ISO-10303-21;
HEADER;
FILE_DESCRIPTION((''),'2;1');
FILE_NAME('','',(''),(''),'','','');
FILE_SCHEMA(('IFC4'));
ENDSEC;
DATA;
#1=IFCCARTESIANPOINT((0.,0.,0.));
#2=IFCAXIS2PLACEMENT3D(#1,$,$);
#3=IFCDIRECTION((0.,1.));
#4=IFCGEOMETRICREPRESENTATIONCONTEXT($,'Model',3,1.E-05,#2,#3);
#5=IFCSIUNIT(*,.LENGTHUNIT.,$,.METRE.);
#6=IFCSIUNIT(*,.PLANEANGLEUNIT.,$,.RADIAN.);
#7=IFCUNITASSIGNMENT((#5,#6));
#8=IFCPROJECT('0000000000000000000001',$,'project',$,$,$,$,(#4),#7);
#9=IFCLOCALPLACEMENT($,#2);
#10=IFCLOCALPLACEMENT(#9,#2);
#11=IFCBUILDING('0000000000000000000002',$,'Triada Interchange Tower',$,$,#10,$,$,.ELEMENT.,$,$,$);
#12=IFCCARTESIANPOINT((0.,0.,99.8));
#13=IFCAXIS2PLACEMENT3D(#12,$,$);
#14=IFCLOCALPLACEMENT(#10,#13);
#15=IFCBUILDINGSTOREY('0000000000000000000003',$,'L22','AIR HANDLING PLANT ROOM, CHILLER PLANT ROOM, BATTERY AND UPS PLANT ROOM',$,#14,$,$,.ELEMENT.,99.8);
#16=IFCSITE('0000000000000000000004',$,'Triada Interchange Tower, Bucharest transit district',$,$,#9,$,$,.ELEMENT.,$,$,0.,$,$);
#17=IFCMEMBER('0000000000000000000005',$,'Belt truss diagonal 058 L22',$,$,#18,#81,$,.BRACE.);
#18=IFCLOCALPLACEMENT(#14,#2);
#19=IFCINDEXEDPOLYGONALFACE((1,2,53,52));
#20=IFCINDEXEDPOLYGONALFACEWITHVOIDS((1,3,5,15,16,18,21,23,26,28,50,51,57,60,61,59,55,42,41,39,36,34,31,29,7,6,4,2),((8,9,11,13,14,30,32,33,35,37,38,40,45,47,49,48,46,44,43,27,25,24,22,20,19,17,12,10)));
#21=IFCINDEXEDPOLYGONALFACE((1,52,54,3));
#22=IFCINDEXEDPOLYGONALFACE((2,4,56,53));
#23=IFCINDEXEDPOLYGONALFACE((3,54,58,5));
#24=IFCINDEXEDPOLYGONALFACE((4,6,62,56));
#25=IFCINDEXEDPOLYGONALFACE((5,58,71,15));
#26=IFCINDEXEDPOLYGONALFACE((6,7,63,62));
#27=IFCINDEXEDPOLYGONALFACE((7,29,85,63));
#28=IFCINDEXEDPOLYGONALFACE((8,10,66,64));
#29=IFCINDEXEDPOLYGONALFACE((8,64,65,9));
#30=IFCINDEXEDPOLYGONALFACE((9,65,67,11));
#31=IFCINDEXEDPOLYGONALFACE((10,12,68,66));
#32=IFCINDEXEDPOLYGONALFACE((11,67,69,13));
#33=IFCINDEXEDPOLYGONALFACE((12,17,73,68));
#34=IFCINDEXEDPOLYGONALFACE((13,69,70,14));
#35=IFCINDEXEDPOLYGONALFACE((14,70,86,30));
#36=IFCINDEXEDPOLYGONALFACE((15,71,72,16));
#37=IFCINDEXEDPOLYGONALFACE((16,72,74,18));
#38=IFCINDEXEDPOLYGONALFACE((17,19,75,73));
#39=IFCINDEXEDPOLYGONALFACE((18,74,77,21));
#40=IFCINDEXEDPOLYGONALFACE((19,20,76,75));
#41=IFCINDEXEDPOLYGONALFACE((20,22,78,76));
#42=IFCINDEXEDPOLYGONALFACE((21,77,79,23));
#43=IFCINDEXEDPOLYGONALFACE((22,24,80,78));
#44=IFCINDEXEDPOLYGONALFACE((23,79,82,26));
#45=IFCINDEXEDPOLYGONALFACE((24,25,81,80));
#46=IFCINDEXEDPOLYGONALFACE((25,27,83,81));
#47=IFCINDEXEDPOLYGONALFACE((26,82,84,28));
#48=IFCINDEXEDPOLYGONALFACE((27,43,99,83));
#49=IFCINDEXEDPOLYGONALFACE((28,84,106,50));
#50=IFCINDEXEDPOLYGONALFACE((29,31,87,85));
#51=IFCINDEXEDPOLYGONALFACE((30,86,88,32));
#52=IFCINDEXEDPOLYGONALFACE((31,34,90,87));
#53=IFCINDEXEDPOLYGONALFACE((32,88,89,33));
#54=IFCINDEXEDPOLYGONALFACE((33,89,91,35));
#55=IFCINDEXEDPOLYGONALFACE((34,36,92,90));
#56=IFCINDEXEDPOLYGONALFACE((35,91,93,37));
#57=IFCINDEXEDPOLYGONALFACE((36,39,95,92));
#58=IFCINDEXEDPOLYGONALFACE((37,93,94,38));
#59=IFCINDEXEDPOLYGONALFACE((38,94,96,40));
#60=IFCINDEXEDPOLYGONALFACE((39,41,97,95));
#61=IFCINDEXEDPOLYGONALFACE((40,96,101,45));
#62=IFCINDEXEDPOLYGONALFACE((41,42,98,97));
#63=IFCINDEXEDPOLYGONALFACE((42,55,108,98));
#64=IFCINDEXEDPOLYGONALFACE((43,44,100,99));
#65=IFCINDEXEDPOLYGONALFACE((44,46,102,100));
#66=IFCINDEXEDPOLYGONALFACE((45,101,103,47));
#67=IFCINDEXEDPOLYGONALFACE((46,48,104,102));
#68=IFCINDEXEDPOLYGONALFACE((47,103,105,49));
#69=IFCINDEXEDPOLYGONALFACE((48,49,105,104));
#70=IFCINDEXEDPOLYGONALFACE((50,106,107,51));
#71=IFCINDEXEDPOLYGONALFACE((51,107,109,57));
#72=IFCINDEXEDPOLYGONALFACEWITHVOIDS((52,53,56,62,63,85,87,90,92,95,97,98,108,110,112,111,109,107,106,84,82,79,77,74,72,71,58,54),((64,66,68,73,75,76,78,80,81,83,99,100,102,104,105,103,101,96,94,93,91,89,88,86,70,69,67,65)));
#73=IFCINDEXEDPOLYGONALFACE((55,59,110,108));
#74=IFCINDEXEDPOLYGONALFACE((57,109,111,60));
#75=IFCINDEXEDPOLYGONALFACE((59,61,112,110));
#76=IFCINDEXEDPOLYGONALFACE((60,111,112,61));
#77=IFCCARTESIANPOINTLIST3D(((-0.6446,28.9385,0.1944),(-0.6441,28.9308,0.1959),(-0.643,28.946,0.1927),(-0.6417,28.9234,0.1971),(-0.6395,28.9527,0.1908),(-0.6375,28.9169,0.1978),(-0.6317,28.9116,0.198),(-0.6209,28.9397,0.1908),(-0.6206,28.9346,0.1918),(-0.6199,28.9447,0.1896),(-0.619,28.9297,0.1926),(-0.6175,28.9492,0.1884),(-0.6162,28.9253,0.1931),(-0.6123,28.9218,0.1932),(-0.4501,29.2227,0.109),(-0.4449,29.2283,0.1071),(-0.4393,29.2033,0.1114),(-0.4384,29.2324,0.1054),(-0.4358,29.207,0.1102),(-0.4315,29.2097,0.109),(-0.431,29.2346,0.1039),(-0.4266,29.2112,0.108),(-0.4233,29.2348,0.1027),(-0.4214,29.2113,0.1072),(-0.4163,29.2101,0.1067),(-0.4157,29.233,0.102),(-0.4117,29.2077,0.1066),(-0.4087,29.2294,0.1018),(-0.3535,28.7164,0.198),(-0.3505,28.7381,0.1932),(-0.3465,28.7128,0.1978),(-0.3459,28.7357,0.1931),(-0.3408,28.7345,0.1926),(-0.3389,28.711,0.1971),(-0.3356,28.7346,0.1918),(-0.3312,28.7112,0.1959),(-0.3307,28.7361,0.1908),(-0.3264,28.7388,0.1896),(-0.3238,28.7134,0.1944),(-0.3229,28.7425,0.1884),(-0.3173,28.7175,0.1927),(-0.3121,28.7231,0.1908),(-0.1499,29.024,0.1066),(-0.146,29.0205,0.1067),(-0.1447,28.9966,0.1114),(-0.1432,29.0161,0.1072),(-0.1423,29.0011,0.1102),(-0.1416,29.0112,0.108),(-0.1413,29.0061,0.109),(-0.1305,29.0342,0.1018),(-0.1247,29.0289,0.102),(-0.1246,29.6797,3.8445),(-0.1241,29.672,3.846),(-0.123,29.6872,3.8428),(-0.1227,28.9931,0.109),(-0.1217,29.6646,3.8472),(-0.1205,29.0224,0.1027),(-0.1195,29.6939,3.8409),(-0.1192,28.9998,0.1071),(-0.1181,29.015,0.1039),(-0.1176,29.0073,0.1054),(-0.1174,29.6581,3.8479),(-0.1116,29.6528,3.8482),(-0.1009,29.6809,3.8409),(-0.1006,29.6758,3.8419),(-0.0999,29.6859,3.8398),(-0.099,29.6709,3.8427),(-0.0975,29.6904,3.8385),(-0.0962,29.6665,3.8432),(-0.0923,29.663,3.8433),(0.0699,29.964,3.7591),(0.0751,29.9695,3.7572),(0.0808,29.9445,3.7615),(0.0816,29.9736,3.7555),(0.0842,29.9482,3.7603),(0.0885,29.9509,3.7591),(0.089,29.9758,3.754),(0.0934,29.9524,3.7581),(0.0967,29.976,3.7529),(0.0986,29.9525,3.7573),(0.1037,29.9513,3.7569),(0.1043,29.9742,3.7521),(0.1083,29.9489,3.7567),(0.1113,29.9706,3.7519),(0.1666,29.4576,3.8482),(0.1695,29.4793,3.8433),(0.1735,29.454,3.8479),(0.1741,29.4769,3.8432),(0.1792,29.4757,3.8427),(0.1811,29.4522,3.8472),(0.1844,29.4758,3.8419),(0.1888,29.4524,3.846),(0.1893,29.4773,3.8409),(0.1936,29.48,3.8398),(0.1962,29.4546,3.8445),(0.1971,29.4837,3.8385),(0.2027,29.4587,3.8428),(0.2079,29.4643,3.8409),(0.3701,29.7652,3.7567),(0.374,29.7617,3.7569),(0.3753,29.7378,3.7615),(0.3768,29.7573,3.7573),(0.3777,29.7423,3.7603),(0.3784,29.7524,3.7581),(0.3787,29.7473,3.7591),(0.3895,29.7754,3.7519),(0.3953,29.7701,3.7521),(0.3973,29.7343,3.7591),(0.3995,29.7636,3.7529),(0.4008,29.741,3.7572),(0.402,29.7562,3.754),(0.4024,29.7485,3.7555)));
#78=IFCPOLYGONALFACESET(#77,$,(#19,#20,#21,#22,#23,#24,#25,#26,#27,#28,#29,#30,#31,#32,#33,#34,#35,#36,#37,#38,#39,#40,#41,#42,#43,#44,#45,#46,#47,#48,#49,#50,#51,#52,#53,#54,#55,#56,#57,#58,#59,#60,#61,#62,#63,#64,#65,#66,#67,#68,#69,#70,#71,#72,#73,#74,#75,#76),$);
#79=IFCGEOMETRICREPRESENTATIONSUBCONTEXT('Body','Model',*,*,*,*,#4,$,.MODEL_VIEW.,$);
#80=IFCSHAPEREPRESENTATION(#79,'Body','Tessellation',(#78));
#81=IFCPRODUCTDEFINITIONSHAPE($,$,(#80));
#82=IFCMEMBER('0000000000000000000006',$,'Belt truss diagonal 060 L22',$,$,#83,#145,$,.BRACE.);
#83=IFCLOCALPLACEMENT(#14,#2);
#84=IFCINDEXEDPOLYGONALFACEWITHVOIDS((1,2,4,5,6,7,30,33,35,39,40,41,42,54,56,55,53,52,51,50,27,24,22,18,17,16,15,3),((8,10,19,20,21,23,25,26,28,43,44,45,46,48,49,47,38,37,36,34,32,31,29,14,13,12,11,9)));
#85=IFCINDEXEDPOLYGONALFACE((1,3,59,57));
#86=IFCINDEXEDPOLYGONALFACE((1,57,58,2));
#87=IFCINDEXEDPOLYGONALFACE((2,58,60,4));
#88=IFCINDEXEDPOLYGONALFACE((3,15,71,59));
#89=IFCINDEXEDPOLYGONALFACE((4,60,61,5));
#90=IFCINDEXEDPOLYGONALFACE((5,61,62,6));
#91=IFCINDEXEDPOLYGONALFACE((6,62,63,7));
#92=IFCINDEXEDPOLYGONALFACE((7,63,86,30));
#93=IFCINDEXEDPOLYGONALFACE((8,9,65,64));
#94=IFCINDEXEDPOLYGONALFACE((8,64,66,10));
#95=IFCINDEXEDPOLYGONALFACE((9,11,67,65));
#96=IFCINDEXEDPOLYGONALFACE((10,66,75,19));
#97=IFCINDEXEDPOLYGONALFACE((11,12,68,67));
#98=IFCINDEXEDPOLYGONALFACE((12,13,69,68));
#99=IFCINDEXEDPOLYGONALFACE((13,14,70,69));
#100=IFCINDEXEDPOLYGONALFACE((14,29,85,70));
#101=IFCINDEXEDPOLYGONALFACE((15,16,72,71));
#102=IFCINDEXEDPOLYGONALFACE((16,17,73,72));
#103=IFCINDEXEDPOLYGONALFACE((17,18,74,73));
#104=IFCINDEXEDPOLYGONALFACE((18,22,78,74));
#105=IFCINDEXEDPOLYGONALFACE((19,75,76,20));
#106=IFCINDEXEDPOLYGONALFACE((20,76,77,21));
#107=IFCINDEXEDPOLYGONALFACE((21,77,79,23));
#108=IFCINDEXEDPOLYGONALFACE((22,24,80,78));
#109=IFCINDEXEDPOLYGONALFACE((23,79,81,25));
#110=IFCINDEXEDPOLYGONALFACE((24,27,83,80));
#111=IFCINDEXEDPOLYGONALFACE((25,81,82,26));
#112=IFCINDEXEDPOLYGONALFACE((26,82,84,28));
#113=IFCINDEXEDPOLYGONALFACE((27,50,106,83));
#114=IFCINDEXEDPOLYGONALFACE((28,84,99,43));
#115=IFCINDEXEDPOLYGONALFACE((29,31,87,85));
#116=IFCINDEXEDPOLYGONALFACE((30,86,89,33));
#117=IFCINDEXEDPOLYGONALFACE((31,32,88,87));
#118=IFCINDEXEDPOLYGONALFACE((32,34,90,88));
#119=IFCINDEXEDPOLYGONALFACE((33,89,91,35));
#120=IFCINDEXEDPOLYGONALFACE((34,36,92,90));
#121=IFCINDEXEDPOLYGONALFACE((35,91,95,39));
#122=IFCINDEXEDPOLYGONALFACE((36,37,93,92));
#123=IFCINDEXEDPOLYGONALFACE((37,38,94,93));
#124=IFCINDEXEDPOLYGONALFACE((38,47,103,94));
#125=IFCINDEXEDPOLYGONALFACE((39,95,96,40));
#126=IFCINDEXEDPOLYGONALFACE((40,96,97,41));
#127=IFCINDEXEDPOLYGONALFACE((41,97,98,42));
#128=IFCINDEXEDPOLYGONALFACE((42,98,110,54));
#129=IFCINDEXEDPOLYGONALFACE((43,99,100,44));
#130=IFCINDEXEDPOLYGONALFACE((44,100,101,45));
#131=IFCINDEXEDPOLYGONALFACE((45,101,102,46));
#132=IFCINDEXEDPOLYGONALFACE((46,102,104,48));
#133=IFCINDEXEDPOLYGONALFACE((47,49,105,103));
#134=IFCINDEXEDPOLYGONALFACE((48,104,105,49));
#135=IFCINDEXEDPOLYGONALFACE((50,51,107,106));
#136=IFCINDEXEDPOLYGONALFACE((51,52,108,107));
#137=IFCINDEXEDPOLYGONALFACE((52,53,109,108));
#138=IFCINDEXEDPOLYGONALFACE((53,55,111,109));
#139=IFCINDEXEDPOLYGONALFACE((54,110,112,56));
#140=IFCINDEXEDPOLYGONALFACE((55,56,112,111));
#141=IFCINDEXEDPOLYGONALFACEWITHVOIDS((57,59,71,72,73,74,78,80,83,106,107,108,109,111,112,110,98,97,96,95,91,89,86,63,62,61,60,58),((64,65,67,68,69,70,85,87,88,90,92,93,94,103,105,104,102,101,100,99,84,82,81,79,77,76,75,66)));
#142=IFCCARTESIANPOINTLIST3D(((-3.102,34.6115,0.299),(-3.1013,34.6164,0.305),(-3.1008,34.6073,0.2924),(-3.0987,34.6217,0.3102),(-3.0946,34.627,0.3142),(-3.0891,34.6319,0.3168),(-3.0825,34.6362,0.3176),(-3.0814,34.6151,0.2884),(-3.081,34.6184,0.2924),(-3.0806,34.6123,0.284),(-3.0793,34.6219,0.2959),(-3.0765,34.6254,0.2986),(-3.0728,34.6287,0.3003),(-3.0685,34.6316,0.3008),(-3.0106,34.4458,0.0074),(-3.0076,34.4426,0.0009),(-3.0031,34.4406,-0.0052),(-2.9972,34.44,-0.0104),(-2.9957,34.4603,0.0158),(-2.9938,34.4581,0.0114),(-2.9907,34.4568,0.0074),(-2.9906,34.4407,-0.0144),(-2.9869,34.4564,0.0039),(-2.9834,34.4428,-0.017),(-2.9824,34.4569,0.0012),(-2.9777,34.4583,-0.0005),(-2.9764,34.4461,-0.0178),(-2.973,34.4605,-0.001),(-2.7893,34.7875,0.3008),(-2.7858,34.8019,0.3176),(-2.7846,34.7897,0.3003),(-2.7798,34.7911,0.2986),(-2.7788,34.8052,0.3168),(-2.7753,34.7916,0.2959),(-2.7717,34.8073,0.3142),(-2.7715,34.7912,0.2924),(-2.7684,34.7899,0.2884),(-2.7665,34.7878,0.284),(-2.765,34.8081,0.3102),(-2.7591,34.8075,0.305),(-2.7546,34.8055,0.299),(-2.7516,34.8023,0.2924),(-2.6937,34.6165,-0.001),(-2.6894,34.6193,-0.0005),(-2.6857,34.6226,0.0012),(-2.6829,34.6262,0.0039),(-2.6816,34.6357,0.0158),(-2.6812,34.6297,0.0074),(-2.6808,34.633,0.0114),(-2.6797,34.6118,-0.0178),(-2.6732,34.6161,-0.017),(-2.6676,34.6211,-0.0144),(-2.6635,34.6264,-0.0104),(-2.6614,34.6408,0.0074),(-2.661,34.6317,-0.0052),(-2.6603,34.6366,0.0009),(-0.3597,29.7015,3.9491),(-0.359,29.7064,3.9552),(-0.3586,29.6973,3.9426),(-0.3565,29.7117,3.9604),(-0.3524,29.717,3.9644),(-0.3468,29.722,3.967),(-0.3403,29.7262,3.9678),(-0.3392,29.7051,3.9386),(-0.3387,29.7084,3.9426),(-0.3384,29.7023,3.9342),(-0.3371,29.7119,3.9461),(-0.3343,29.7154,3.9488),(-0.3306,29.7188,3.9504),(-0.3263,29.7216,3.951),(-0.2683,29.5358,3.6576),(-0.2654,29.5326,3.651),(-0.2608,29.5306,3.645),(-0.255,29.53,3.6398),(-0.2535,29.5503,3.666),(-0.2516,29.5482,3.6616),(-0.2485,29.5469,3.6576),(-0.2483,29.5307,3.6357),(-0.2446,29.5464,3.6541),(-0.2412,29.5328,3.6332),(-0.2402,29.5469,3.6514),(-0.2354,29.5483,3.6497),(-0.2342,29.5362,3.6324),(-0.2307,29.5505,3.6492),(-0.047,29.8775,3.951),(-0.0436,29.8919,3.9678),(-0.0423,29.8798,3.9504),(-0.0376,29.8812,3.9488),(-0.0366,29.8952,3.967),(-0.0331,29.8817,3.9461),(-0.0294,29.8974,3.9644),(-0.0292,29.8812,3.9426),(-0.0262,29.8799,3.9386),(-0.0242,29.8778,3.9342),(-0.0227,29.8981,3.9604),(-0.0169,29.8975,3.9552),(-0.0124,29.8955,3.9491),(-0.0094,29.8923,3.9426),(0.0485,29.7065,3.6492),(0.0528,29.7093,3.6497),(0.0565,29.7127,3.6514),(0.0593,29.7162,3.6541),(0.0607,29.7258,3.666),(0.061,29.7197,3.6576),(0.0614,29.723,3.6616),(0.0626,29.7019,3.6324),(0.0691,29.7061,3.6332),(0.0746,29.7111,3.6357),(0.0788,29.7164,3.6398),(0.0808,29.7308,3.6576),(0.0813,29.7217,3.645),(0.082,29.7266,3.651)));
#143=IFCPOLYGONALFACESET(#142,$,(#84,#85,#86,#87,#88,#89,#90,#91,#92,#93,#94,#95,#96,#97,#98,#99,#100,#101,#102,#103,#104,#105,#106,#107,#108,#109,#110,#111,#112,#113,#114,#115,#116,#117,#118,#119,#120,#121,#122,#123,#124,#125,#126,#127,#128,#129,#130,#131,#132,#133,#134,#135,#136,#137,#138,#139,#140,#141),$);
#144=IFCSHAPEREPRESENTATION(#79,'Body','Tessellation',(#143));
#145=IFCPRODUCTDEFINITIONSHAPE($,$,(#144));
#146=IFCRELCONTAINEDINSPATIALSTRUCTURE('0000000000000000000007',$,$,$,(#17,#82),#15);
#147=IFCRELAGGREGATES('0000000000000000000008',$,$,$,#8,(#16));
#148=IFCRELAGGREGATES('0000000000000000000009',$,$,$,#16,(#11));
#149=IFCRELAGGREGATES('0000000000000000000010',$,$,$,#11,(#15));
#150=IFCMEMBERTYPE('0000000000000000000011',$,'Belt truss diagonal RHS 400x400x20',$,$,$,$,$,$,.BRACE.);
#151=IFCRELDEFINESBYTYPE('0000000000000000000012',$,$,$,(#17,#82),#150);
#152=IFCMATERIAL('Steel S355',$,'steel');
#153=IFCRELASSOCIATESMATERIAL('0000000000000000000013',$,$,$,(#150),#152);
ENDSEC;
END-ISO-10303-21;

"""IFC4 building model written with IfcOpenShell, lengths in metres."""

from ifc_helpers import new_model, si_unit, direction, frame, origin, origin_2d, place, context, subcontext, project, spatial, hollow_rectangle, extrude, material, material_profile, profile_set, type_object, element, save


model = new_model("IFC4")

# Units and contexts
model_context = context("Model", 3, precision=1e-05, world=origin(), true_north=direction((0.0, 1.0)))
body_context = subcontext(model_context, "Body", "Model", "MODEL_VIEW")
ifc_project = project(units=[si_unit("LENGTHUNIT", "METRE"), si_unit("PLANEANGLEUNIT", "RADIAN")], contexts=[model_context])

# Site, building, storey
site_placement = place(None, origin())
site = spatial("IfcSite", under=ifc_project, at=site_placement, Name="Triada Interchange Tower, Bucharest transit district", CompositionType="ELEMENT", RefElevation=0.0)
building_placement = place(site_placement, origin())
building = spatial("IfcBuilding", under=site, at=building_placement, Name="Triada Interchange Tower", CompositionType="ELEMENT")
storey_placement = place(building_placement, frame((0.0, 0.0, 99.8)))
storey = spatial("IfcBuildingStorey", under=building, at=storey_placement, Name="L22", Description="AIR HANDLING PLANT ROOM, CHILLER PLANT ROOM, BATTERY AND UPS PLANT ROOM", CompositionType="ELEMENT", Elevation=99.8)

# Members
ifc_material_1 = material(Name="Steel S355", Category="steel")
ifc_material_profile_1 = material_profile(ifc_material_1, hollow_rectangle(XDim=0.3999, YDim=0.3999, WallThickness=0.02, InnerFilletRadius=0.02, OuterFilletRadius=0.03, at=origin_2d()), Name="RHS 400x400x20")
ifc_profile_set_1 = profile_set([ifc_material_profile_1], Name="Steel S355")
member_type = type_object("IfcMemberType", Name="Belt truss diagonal RHS 400x400x20", PredefinedType="BRACE", material=ifc_profile_set_1)
member_1_placement = place(storey_placement, frame((-0.3811, 28.9729, 0.1499), z_axis=(0.138275, 0.19709, 0.970585), x_axis=(-0.818623, 0.574331, 0.0)))
element("IfcMember", 1, at=member_1_placement, inside=storey, type_object=member_type, Name="Belt truss diagonal 058 L22", PredefinedType="BRACE", context=body_context, shape_type="SweptSolid", body=[
    extrude(hollow_rectangle(XDim=0.3999, YDim=0.3999, WallThickness=0.02, InnerFilletRadius=0.02, OuterFilletRadius=0.03, at=origin_2d()), origin(), (0.0, 0.0, 1.0), 3.7607),
])
member_2_placement = place(storey_placement, frame((-2.8811, 34.624, 0.1499), z_axis=(0.409007, -0.73233, 0.544432), x_axis=(0.873064, 0.487606, 0.0)))
element("IfcMember", 2, at=member_2_placement, inside=storey, type_object=member_type, Name="Belt truss diagonal 060 L22", PredefinedType="BRACE", context=body_context, shape_type="SweptSolid", body=[
    extrude(hollow_rectangle(XDim=0.3999, YDim=0.3999, WallThickness=0.02, InnerFilletRadius=0.02, OuterFilletRadius=0.03, at=origin_2d()), origin(), (0.0, 0.0, 1.0), 6.7046),
])

save(model, "model.ifc")
